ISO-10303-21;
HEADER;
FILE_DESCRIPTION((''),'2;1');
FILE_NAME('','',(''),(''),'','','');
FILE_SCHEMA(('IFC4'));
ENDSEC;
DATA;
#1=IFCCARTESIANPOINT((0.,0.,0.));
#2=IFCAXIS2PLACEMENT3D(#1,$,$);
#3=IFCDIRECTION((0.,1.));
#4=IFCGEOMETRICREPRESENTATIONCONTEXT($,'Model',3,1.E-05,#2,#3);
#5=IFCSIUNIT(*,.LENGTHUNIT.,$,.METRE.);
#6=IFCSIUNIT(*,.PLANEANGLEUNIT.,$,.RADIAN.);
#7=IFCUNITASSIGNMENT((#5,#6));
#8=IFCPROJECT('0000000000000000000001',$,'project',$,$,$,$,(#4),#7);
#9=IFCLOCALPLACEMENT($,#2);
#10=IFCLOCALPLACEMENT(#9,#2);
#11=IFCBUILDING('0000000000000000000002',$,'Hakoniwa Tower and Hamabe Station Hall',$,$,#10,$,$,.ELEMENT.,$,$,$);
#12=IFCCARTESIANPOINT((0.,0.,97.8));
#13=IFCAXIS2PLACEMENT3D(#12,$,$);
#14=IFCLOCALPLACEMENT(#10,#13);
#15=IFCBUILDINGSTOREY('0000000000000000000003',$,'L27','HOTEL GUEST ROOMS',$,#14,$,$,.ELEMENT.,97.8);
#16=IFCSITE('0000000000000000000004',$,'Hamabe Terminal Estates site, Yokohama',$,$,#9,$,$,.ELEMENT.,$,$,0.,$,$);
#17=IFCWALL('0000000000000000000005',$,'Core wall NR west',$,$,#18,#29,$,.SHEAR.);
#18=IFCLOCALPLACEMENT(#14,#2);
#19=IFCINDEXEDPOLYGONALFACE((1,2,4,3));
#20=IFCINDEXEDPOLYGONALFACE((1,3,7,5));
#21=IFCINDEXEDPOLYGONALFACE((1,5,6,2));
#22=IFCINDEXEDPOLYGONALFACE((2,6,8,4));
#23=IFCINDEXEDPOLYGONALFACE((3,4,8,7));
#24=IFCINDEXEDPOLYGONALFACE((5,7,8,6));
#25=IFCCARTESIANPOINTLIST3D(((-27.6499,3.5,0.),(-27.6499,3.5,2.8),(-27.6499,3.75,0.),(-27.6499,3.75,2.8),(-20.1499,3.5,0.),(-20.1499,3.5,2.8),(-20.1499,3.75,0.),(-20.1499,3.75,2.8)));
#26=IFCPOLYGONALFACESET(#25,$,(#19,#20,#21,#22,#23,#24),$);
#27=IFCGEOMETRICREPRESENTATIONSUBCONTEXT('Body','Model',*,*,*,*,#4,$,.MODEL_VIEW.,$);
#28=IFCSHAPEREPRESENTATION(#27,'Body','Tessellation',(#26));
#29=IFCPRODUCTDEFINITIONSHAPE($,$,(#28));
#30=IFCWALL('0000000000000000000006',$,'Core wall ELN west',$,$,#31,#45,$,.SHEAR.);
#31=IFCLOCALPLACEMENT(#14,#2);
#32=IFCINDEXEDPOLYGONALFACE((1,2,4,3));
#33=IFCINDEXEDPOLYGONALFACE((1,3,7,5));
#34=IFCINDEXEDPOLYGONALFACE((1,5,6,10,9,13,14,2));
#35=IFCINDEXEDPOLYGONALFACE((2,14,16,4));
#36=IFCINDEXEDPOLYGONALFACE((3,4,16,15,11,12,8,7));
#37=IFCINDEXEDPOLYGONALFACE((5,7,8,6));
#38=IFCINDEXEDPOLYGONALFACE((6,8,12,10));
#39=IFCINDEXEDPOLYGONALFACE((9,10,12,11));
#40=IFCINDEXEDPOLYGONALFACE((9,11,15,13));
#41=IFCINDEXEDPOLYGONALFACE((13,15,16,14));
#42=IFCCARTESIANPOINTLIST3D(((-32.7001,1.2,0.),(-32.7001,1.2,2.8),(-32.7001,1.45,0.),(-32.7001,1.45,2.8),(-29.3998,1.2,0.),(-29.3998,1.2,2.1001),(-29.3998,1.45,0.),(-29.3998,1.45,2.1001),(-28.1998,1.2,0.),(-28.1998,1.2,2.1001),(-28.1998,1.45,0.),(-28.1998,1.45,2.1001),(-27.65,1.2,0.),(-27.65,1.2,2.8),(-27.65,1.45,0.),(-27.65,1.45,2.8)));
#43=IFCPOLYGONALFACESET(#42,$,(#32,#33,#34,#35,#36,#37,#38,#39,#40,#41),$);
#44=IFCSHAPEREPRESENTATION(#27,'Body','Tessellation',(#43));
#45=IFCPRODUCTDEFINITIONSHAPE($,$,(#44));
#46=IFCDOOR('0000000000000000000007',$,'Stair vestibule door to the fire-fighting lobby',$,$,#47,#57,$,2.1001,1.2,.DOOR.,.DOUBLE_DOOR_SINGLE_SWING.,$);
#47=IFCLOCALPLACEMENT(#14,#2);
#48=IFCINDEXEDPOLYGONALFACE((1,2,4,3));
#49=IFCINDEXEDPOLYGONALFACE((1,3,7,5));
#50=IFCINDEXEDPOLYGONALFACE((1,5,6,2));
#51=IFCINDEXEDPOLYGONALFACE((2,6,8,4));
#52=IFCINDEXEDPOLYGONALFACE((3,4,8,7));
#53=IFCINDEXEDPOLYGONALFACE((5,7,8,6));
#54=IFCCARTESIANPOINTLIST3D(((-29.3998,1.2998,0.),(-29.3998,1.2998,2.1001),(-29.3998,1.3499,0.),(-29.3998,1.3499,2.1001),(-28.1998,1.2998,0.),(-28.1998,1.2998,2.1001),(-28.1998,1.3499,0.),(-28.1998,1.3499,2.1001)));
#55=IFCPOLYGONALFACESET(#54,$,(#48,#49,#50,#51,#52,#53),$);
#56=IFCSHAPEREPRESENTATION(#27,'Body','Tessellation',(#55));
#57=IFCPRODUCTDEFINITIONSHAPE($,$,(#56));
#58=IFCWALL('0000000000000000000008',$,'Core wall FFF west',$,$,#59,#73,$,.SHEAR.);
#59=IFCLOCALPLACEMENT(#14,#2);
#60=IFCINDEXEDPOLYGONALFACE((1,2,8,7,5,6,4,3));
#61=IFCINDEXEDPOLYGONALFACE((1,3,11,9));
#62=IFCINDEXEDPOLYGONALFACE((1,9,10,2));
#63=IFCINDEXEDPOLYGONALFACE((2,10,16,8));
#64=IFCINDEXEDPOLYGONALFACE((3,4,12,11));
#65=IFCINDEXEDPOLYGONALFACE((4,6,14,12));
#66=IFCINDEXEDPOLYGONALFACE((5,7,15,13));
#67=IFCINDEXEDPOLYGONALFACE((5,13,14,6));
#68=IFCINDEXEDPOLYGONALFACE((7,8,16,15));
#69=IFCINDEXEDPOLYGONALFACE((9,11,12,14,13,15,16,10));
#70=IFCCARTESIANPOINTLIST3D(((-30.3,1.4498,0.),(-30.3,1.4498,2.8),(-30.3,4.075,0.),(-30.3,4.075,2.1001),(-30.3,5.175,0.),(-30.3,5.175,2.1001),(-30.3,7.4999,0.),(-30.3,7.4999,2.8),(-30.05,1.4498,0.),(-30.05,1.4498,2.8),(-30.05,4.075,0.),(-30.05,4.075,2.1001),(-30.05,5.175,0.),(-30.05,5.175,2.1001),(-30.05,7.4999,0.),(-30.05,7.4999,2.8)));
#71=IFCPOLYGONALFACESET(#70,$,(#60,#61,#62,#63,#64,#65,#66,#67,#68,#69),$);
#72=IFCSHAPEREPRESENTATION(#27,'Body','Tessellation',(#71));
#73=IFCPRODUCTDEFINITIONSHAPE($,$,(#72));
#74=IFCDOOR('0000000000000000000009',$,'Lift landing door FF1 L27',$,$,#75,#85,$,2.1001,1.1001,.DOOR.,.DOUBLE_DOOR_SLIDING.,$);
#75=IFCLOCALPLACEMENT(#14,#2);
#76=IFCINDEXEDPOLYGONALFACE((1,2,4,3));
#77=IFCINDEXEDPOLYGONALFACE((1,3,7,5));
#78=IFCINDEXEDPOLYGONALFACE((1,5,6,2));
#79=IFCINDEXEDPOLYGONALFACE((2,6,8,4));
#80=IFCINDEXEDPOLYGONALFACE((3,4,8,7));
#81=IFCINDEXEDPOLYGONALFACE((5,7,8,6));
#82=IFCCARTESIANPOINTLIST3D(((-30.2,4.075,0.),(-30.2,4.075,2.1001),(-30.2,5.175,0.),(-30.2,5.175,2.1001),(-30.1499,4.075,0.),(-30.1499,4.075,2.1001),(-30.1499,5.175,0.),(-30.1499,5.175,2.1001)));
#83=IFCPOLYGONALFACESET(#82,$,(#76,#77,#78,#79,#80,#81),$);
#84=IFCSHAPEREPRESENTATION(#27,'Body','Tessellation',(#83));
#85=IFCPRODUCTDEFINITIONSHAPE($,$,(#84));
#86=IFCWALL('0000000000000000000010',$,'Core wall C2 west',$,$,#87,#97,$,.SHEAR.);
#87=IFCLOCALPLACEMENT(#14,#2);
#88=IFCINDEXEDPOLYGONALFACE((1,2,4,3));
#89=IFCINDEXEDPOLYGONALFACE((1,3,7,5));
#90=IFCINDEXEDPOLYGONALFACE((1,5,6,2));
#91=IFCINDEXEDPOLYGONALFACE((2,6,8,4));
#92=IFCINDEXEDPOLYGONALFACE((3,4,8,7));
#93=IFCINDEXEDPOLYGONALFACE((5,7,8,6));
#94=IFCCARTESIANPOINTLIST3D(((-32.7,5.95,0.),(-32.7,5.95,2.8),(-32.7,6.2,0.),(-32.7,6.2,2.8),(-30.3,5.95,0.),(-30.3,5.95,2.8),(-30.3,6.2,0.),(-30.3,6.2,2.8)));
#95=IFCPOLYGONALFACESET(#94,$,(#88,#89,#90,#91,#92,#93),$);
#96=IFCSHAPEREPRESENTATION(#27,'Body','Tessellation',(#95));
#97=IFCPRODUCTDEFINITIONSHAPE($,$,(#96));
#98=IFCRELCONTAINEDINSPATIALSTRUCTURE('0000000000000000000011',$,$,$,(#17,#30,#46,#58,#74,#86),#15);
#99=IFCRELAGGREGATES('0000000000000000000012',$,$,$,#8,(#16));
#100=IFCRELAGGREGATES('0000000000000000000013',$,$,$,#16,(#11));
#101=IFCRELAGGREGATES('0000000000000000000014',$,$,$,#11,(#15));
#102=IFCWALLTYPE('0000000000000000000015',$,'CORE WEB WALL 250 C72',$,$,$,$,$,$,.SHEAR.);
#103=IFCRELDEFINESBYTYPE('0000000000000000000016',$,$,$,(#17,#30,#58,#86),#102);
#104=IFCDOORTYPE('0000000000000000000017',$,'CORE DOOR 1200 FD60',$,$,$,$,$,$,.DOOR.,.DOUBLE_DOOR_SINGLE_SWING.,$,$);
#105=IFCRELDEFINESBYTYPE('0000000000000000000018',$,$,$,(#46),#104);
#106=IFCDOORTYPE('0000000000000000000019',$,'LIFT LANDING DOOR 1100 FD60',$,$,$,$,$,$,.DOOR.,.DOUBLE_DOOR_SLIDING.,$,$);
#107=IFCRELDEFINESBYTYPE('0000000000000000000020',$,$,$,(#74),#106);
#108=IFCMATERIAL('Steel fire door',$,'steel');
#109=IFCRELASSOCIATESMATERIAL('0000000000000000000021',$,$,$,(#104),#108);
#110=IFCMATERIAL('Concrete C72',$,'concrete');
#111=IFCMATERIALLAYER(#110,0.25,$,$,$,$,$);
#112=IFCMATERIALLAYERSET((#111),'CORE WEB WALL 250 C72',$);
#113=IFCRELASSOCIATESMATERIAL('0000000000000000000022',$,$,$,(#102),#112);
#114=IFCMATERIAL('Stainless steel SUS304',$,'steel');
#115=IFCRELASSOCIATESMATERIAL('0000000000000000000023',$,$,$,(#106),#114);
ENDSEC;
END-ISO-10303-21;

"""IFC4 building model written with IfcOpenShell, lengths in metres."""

from ifc_helpers import new_model, si_unit, direction, frame, frame_2d, origin, place, context, subcontext, project, spatial, rectangle, extrude, material, layer, layer_set, type_object, element, fill, save


model = new_model("IFC4")

# Units and contexts
model_context = context("Model", 3, precision=1e-05, world=origin(), true_north=direction((0.0, 1.0)))
body_context = subcontext(model_context, "Body", "Model", "MODEL_VIEW")
ifc_project = project(units=[si_unit("LENGTHUNIT", "METRE"), si_unit("PLANEANGLEUNIT", "RADIAN")], contexts=[model_context])

# Site, building, storey
site_placement = place(None, origin())
site = spatial("IfcSite", under=ifc_project, at=site_placement, Name="Hamabe Terminal Estates site, Yokohama", CompositionType="ELEMENT", RefElevation=0.0)
building_placement = place(site_placement, origin())
building = spatial("IfcBuilding", under=site, at=building_placement, Name="Hakoniwa Tower and Hamabe Station Hall", CompositionType="ELEMENT")
storey_placement = place(building_placement, frame((0.0, 0.0, 97.8)))
storey = spatial("IfcBuildingStorey", under=building, at=storey_placement, Name="L27", Description="HOTEL GUEST ROOMS", CompositionType="ELEMENT", Elevation=97.8)

# Shared definitions
ifc_material_1 = material(Name="Steel fire door", Category="steel")
door_type_1 = type_object("IfcDoorType", Name="CORE DOOR 1200 FD60", OperationType="DOUBLE_DOOR_SINGLE_SWING", PredefinedType="DOOR", material=ifc_material_1)

# Shared definitions
ifc_material_2 = material(Name="Concrete C72", Category="concrete")
ifc_layer_1 = layer(ifc_material_2, 0.25)
ifc_layer_set_1 = layer_set([ifc_layer_1], Name="CORE WEB WALL 250 C72")
wall_type_1 = type_object("IfcWallType", Name="CORE WEB WALL 250 C72", PredefinedType="SHEAR", material=ifc_layer_set_1)
ifc_material_3 = material(Name="Stainless steel SUS304", Category="steel")
door_type_2 = type_object("IfcDoorType", Name="LIFT LANDING DOOR 1100 FD60", OperationType="DOUBLE_DOOR_SLIDING", PredefinedType="DOOR", material=ifc_material_3)

# Wall
wall_1_placement = place(storey_placement, frame((-27.6499, 3.625, 0.0), z_axis=(0.0, 0.0, 1.0), x_axis=(1.0, 0.0, 0.0)))
element("IfcWall", 1, at=wall_1_placement, inside=storey, type_object=wall_type_1, Name="Core wall NR west", PredefinedType="SHEAR", context=body_context, shape_type="SweptSolid", body=[
    extrude(rectangle(XDim=7.5, YDim=0.25, at=frame_2d((3.75, 0.0))), origin(), (0.0, 0.0, 1.0), 2.8),
])

# Walls, openings, doors
wall_2_placement = place(storey_placement, frame((-32.7, 1.325, 0.0), z_axis=(0.0, 0.0, 1.0), x_axis=(1.0, 0.0, 0.0)))
wall_2 = element("IfcWall", 2, at=wall_2_placement, inside=storey, type_object=wall_type_1, Name="Core wall ELN west", PredefinedType="SHEAR", context=body_context, shape_type="SweptSolid", body=[
    extrude(rectangle(XDim=5.05, YDim=0.25, at=frame_2d((2.5249, 0.0))), origin(), (0.0, 0.0, 1.0), 2.8),
])
opening_1_placement = place(wall_2_placement, frame((3.3, 0.0, 0.0)))
opening_1 = element("IfcOpeningElement", 3, at=opening_1_placement, cuts=wall_2, PredefinedType="OPENING", context=body_context, shape_type="SweptSolid", body=[
    extrude(rectangle(XDim=1.2, YDim=2.1001, at=frame_2d((0.6001, 1.05))), frame((0.0, 0.135, 0.0), z_axis=(0.0, -1.0, 0.0), x_axis=(1.0, 0.0, 0.0)), (0.0, 0.0, 1.0), 0.27),
])
door_1_placement = place(opening_1_placement, origin())
door_1 = element("IfcDoor", 4, at=door_1_placement, inside=storey, type_object=door_type_1, Name="Stair vestibule door to the fire-fighting lobby", OperationType="DOUBLE_DOOR_SINGLE_SWING", OverallHeight=2.1001, OverallWidth=1.2, PredefinedType="DOOR", context=body_context, shape_type="SweptSolid", body=[
    extrude(rectangle(XDim=1.2, YDim=2.1001, at=frame_2d((0.6001, 1.05))), frame((0.0, 0.0249, 0.0), z_axis=(0.0, -1.0, 0.0), x_axis=(1.0, 0.0, 0.0)), (0.0, 0.0, 1.0), 0.05),
])
fill(opening_1, door_1)
wall_3_placement = place(storey_placement, frame((-30.175, 1.45, 0.0), z_axis=(0.0, 0.0, 1.0), x_axis=(0.0, 1.0, 0.0)))
wall_3 = element("IfcWall", 5, at=wall_3_placement, inside=storey, type_object=wall_type_1, Name="Core wall FFF west", PredefinedType="SHEAR", context=body_context, shape_type="SweptSolid", body=[
    extrude(rectangle(XDim=6.05, YDim=0.25, at=frame_2d((3.0249, 0.0))), origin(), (0.0, 0.0, 1.0), 2.8),
])
opening_2_placement = place(wall_3_placement, frame((2.625, 0.0, 0.0)))
opening_2 = element("IfcOpeningElement", 6, at=opening_2_placement, cuts=wall_3, PredefinedType="OPENING", context=body_context, shape_type="SweptSolid", body=[
    extrude(rectangle(XDim=1.1001, YDim=2.1001, at=frame_2d((0.55, 1.05))), frame((0.0, 0.135, 0.0), z_axis=(0.0, -1.0, 0.0), x_axis=(1.0, 0.0, 0.0)), (0.0, 0.0, 1.0), 0.27),
])
door_2_placement = place(opening_2_placement, origin())
door_2 = element("IfcDoor", 7, at=door_2_placement, inside=storey, type_object=door_type_2, Name="Lift landing door FF1 L27", OperationType="DOUBLE_DOOR_SLIDING", OverallHeight=2.1001, OverallWidth=1.1001, PredefinedType="DOOR", context=body_context, shape_type="SweptSolid", body=[
    extrude(rectangle(XDim=1.1001, YDim=2.1001, at=frame_2d((0.55, 1.05))), frame((0.0, 0.0249, 0.0), z_axis=(0.0, -1.0, 0.0), x_axis=(1.0, 0.0, 0.0)), (0.0, 0.0, 1.0), 0.05),
])
fill(opening_2, door_2)

# Wall
wall_4_placement = place(storey_placement, frame((-32.7, 6.075, 0.0), z_axis=(0.0, 0.0, 1.0), x_axis=(1.0, 0.0, 0.0)))
element("IfcWall", 8, at=wall_4_placement, inside=storey, type_object=wall_type_1, Name="Core wall C2 west", PredefinedType="SHEAR", context=body_context, shape_type="SweptSolid", body=[
    extrude(rectangle(XDim=2.3999, YDim=0.25, at=frame_2d((1.2, 0.0))), origin(), (0.0, 0.0, 1.0), 2.8),
])

save(model, "model.ifc")
